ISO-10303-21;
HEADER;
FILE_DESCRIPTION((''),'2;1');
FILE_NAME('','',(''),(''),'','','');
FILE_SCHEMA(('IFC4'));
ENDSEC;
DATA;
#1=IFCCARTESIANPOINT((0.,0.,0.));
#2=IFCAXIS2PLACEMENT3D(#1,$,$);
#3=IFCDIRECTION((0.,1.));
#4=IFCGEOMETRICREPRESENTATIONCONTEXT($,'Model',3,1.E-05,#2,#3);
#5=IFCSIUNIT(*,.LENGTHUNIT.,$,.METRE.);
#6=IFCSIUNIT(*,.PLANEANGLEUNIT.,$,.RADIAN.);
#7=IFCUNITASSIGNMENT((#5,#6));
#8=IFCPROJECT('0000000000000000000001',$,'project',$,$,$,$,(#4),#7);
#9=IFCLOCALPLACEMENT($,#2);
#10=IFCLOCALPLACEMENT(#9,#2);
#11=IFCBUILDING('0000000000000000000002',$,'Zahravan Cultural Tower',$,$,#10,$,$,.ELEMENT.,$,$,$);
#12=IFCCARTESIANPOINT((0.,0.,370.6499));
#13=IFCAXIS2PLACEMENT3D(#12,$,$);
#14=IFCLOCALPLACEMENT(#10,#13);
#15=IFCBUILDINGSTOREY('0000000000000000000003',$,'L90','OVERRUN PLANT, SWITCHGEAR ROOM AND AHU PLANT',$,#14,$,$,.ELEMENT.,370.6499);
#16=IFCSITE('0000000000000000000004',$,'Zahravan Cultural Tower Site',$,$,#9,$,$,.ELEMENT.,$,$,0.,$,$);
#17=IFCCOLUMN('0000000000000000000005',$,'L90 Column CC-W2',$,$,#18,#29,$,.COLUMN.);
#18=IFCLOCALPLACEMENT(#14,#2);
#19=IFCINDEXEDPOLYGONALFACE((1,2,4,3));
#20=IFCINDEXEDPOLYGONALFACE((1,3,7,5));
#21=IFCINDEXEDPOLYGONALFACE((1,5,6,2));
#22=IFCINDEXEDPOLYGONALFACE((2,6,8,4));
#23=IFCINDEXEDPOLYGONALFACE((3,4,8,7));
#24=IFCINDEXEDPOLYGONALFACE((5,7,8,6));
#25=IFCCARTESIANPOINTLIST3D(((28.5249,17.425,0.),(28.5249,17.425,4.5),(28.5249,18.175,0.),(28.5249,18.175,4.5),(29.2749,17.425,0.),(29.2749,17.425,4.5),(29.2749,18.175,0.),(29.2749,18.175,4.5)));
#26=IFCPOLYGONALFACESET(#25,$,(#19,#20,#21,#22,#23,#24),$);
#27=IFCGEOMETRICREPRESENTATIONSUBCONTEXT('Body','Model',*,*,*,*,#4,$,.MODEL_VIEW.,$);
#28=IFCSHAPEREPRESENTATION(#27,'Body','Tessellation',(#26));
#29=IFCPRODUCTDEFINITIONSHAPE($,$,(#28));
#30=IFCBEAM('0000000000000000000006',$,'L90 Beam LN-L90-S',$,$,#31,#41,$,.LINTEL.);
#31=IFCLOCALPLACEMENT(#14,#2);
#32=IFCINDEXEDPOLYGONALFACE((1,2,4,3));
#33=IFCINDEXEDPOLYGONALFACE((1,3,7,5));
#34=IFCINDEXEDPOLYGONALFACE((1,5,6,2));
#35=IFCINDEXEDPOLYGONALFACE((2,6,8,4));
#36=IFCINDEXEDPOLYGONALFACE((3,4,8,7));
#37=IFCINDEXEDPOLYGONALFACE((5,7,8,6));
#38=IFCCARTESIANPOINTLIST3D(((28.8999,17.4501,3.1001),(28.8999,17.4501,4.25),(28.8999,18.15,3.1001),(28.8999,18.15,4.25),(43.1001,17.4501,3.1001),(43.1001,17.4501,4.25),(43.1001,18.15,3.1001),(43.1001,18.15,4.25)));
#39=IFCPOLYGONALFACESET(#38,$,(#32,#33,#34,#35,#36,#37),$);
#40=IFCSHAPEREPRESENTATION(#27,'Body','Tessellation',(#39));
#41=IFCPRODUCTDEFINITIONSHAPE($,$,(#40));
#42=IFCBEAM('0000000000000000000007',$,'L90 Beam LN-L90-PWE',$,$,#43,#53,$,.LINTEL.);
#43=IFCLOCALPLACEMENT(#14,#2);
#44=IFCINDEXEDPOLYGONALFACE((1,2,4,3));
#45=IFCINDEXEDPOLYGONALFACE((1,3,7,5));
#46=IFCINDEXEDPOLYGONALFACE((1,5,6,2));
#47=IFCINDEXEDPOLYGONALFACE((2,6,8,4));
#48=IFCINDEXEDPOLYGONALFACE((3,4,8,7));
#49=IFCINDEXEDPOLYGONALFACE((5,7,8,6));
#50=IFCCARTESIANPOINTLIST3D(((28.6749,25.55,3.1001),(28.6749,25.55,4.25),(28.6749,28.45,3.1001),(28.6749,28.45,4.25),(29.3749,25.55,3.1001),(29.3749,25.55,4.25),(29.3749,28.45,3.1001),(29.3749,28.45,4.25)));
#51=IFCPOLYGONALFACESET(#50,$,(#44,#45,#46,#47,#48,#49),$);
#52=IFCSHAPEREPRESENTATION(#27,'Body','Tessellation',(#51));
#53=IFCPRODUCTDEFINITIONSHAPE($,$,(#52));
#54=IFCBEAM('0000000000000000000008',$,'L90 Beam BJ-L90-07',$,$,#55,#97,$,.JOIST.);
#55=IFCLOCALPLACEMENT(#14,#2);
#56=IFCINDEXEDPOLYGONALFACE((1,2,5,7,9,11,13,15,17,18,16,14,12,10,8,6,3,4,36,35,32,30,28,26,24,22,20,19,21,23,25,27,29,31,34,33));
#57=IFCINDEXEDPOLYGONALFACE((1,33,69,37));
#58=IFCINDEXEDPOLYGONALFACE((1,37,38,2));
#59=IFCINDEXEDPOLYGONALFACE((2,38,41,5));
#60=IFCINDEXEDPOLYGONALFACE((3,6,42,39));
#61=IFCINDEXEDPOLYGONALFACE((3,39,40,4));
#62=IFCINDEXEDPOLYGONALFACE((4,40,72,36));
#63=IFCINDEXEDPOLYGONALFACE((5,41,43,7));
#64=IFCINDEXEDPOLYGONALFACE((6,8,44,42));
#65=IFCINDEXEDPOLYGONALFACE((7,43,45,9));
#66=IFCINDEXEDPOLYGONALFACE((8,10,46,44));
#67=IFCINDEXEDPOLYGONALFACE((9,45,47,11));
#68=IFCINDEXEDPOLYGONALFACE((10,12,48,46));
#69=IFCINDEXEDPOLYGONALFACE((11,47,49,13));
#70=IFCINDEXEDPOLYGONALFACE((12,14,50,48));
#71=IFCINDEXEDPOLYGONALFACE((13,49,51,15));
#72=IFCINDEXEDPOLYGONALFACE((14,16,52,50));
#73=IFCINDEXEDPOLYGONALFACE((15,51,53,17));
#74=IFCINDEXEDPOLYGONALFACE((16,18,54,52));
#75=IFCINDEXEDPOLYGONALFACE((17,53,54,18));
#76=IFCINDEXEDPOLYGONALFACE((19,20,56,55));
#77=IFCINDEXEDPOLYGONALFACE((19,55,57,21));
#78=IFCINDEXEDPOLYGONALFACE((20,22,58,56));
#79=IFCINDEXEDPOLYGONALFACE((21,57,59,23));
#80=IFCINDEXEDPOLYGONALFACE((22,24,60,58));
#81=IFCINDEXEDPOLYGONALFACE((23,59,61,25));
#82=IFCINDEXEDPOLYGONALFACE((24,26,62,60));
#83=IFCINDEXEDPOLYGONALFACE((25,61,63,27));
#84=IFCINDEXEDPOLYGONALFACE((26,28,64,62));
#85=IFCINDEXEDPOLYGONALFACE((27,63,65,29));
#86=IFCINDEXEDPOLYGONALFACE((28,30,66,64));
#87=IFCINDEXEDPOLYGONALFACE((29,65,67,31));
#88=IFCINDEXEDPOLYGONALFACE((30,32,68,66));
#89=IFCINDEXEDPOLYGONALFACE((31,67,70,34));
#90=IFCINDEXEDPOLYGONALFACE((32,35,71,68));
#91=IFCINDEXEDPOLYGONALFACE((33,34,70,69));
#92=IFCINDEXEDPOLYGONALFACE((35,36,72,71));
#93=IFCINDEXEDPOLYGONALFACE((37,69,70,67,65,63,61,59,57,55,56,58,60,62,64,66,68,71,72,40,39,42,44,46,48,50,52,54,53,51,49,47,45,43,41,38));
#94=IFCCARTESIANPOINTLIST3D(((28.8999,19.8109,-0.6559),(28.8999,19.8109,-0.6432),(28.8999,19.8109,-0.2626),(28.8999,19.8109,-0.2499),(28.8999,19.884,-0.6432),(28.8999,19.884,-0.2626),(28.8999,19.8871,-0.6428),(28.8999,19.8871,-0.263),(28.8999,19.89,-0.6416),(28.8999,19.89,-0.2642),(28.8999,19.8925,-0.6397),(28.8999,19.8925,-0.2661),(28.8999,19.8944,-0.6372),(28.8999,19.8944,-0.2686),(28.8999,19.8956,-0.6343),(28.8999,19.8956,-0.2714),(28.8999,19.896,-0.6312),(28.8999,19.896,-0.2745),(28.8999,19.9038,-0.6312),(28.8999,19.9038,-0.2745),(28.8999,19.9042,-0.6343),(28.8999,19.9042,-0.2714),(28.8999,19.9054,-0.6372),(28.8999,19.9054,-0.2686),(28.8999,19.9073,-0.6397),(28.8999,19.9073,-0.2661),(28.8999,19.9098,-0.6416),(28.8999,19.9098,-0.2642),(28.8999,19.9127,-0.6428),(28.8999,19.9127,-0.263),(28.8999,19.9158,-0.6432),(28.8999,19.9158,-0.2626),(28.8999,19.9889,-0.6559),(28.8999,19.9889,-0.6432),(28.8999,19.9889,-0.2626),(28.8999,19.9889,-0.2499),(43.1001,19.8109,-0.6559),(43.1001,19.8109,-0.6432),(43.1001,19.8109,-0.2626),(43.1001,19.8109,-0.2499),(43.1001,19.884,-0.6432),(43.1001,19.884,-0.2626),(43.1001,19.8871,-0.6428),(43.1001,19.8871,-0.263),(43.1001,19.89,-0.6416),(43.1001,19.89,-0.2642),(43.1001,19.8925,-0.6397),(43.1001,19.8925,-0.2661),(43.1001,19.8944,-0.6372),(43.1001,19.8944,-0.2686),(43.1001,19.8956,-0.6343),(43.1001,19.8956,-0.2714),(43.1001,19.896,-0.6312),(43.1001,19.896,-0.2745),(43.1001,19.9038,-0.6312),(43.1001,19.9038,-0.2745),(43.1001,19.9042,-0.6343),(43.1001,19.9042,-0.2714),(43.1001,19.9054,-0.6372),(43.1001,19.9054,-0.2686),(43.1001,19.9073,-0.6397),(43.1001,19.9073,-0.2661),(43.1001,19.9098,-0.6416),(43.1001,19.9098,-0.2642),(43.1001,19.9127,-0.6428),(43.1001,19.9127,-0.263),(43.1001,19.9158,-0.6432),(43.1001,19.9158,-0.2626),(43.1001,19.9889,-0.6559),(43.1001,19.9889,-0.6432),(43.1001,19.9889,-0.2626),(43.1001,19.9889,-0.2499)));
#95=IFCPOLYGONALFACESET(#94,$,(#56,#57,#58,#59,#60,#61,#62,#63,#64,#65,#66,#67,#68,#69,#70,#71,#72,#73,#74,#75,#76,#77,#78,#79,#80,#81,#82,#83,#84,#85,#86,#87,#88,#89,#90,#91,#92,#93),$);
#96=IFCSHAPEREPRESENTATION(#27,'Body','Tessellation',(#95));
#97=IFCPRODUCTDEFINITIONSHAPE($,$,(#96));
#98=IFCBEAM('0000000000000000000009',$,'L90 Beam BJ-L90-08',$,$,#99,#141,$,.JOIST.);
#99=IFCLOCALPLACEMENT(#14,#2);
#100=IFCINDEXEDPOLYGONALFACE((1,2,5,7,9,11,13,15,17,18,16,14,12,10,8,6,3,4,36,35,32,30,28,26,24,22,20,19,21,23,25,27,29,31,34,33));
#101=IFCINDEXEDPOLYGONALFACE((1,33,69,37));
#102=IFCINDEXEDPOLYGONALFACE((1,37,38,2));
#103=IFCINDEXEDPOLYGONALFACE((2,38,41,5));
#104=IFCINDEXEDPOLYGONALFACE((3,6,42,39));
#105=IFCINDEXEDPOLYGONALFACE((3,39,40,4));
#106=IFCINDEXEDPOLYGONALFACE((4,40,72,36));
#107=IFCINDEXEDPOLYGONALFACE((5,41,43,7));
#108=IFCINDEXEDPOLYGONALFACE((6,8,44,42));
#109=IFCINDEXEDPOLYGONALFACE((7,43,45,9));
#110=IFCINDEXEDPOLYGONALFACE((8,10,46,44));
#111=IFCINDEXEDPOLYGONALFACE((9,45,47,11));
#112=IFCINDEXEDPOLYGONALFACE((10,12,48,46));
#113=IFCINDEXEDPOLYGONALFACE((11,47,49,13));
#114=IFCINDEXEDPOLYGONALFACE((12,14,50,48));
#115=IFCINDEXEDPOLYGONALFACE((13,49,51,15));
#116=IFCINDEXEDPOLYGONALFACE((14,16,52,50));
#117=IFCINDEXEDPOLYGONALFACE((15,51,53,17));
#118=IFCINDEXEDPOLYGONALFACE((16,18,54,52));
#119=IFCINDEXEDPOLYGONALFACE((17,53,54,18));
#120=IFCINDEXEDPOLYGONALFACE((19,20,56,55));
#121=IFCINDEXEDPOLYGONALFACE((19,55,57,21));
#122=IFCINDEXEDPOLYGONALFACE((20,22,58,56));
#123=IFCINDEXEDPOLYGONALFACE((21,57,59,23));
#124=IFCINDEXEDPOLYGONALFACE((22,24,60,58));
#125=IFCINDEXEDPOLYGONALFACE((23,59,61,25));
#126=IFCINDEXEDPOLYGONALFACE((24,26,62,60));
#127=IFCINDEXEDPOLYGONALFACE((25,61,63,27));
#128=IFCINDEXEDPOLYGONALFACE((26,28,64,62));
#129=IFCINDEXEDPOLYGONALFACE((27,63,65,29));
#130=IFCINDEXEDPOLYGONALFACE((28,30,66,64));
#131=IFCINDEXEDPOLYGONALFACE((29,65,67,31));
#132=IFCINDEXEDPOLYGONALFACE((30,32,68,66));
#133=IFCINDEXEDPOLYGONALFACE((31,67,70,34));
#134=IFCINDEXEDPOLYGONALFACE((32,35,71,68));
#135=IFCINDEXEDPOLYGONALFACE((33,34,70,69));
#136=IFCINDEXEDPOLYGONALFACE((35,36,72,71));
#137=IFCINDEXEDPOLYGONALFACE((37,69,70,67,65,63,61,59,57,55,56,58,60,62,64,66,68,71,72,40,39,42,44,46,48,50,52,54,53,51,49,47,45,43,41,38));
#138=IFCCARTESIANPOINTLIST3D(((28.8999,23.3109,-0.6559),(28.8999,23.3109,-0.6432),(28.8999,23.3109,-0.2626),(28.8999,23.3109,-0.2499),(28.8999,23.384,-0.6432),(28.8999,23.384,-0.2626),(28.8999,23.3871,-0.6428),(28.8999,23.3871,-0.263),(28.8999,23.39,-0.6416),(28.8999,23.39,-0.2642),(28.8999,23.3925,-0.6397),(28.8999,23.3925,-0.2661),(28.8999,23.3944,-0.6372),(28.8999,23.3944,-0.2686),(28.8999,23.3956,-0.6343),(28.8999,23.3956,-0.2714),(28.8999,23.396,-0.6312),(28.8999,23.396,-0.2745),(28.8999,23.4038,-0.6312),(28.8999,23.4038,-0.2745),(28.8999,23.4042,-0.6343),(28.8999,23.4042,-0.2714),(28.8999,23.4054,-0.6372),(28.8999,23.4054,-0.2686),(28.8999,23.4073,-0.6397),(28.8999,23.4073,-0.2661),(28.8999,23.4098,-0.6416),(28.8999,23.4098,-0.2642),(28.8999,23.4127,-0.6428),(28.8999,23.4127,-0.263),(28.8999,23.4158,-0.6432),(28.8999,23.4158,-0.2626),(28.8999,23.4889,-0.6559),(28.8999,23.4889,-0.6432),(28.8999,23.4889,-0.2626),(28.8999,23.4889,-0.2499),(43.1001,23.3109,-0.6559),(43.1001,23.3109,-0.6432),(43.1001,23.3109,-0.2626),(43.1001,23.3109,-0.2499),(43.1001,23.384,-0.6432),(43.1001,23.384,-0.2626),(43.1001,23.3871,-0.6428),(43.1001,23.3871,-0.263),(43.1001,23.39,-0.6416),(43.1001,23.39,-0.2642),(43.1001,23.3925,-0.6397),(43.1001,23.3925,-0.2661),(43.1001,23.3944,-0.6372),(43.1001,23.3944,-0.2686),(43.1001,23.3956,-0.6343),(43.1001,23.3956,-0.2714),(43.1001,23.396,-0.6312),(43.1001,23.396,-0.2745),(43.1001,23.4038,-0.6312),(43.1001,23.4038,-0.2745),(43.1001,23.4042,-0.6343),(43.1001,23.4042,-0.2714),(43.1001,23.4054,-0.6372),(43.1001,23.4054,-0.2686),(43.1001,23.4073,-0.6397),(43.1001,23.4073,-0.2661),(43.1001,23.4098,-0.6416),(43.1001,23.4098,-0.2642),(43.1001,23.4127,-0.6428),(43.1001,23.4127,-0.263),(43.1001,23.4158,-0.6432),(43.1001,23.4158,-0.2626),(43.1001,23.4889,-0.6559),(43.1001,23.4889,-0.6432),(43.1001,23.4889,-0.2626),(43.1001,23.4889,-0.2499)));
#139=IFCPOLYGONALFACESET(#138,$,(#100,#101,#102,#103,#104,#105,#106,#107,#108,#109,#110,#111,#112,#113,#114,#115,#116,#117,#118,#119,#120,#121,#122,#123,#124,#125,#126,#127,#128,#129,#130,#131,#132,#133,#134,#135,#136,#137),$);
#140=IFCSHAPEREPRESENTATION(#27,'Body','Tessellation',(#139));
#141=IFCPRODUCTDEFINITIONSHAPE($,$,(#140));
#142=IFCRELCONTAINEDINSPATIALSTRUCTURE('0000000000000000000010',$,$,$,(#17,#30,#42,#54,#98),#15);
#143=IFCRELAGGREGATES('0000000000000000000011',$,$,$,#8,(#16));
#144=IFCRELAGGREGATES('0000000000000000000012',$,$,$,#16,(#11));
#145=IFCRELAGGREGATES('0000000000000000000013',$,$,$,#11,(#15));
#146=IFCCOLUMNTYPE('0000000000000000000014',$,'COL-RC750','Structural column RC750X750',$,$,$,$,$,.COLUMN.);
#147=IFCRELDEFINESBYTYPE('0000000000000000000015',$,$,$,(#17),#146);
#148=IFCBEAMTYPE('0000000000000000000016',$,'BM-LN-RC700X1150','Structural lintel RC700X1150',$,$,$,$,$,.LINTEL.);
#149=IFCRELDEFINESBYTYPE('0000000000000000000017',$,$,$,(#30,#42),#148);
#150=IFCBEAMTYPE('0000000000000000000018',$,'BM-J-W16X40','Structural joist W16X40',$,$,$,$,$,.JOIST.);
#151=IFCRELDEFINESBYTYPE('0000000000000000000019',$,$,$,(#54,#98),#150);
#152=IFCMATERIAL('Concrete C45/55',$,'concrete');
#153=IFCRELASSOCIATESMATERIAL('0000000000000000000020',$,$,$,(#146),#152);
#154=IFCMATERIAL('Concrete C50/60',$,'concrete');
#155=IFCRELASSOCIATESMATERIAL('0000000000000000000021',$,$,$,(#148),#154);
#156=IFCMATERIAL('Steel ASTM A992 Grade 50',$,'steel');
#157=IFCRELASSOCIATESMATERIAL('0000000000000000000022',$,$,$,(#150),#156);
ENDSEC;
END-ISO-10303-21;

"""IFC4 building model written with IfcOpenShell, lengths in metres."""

from ifc_helpers import new_model, si_unit, direction, frame, origin, origin_2d, place, context, subcontext, project, spatial, rectangle, i_section, extrude, source, transform, mapped, material, material_profile, profile_set, type_object, element, save


model = new_model("IFC4")

# Units and contexts
model_context = context("Model", 3, precision=1e-05, world=origin(), true_north=direction((0.0, 1.0)))
body_context = subcontext(model_context, "Body", "Model", "MODEL_VIEW")
ifc_project = project(units=[si_unit("LENGTHUNIT", "METRE"), si_unit("PLANEANGLEUNIT", "RADIAN")], contexts=[model_context])

# Site, building, storey
site_placement = place(None, origin())
site = spatial("IfcSite", under=ifc_project, at=site_placement, Name="Zahravan Cultural Tower Site", CompositionType="ELEMENT", RefElevation=0.0)
building_placement = place(site_placement, origin())
building = spatial("IfcBuilding", under=site, at=building_placement, Name="Zahravan Cultural Tower", CompositionType="ELEMENT")
storey_placement = place(building_placement, frame((0.0, 0.0, 370.6499)))
storey = spatial("IfcBuildingStorey", under=building, at=storey_placement, Name="L90", Description="OVERRUN PLANT, SWITCHGEAR ROOM AND AHU PLANT", CompositionType="ELEMENT", Elevation=370.6499)

# Column
ifc_material_1 = material(Name="Concrete C45/55", Category="concrete")
ifc_material_profile_1 = material_profile(ifc_material_1, rectangle(XDim=0.75, YDim=0.75, at=origin_2d()), Name="RC750X750")
ifc_profile_set_1 = profile_set([ifc_material_profile_1], Name="Concrete C45/55")
column_type = type_object("IfcColumnType", Name="COL-RC750", Description="Structural column RC750X750", PredefinedType="COLUMN", material=ifc_profile_set_1)
shared_shape_1 = source(origin(), body_context, "Body", "SweptSolid", [
    extrude(rectangle(XDim=0.75, YDim=0.75, at=origin_2d()), origin(), (0.0, 0.0, 1.0), 4.5),
])
column_placement = place(storey_placement, frame((28.8999, 17.8, 0.0), z_axis=(0.0, 0.0, 1.0), x_axis=(1.0, 0.0, 0.0)))
element("IfcColumn", 1, at=column_placement, inside=storey, type_object=column_type, Name="L90 Column CC-W2", PredefinedType="COLUMN", context=body_context, shape_type="MappedRepresentation", body=[
    mapped(shared_shape_1, transform((0.0, 0.0, 0.0), x_axis=(1.0, 0.0, 0.0), y_axis=(0.0, 1.0, 0.0), z_axis=(0.0, 0.0, 1.0), scale=1.0)),
])

# Beams
ifc_material_2 = material(Name="Concrete C50/60", Category="concrete")
ifc_material_profile_2 = material_profile(ifc_material_2, rectangle(XDim=0.7, YDim=1.1499, at=origin_2d()), Name="RC700X1150")
ifc_profile_set_2 = profile_set([ifc_material_profile_2], Name="Concrete C50/60")
beam_type_1 = type_object("IfcBeamType", Name="BM-LN-RC700X1150", Description="Structural lintel RC700X1150", PredefinedType="LINTEL", material=ifc_profile_set_2)
shared_shape_2 = source(origin(), body_context, "Body", "SweptSolid", [
    extrude(rectangle(XDim=0.7, YDim=1.1499, at=origin_2d()), origin(), (0.0, 0.0, 1.0), 14.2002),
])
beam_1_placement = place(storey_placement, frame((28.8999, 17.8, 3.675), z_axis=(1.0, 0.0, 0.0), x_axis=(0.0, 1.0, 0.0)))
element("IfcBeam", 2, at=beam_1_placement, inside=storey, type_object=beam_type_1, Name="L90 Beam LN-L90-S", PredefinedType="LINTEL", context=body_context, shape_type="MappedRepresentation", body=[
    mapped(shared_shape_2, transform((0.0, 0.0, 0.0), x_axis=(1.0, 0.0, 0.0), y_axis=(0.0, 1.0, 0.0), z_axis=(0.0, 0.0, 1.0), scale=1.0)),
])
shared_shape_3 = source(origin(), body_context, "Body", "SweptSolid", [
    extrude(rectangle(XDim=0.7, YDim=1.1499, at=origin_2d()), origin(), (0.0, 0.0, 1.0), 2.8999),
])
beam_2_placement = place(storey_placement, frame((29.0249, 25.55, 3.675), z_axis=(0.0, 1.0, 0.0), x_axis=(-1.0, 0.0, 0.0)))
element("IfcBeam", 3, at=beam_2_placement, inside=storey, type_object=beam_type_1, Name="L90 Beam LN-L90-PWE", PredefinedType="LINTEL", context=body_context, shape_type="MappedRepresentation", body=[
    mapped(shared_shape_3, transform((0.0, 0.0, 0.0), x_axis=(1.0, 0.0, 0.0), y_axis=(0.0, 1.0, 0.0), z_axis=(0.0, 0.0, 1.0), scale=1.0)),
])
ifc_material_3 = material(Name="Steel ASTM A992 Grade 50", Category="steel")
ifc_material_profile_3 = material_profile(ifc_material_3, i_section(OverallWidth=0.178, OverallDepth=0.406, WebThickness=0.0078, FlangeThickness=0.0127, FilletRadius=0.012, at=origin_2d()), Name="W16X40")
ifc_profile_set_3 = profile_set([ifc_material_profile_3], Name="Steel ASTM A992 Grade 50")
beam_type_2 = type_object("IfcBeamType", Name="BM-J-W16X40", Description="Structural joist W16X40", PredefinedType="JOIST", material=ifc_profile_set_3)
shared_shape_4 = source(origin(), body_context, "Body", "SweptSolid", [
    extrude(i_section(OverallWidth=0.178, OverallDepth=0.406, WebThickness=0.0078, FlangeThickness=0.0127, FilletRadius=0.012, at=origin_2d()), origin(), (0.0, 0.0, 1.0), 14.2002),
])
for number, where, z_axis, x_axis, name in (
    (4, (28.8999, 19.8999, -0.4529), (1.0, 0.0, 0.0), (0.0, 1.0, 0.0), "L90 Beam BJ-L90-07"),
    (5, (28.8999, 23.3999, -0.4529), (1.0, 0.0, 0.0), (0.0, 1.0, 0.0), "L90 Beam BJ-L90-08"),
):
    element("IfcBeam", number, at=place(storey_placement, frame(where, z_axis=z_axis, x_axis=x_axis)), inside=storey, type_object=beam_type_2, Name=name, PredefinedType="JOIST", context=body_context, shape_type="MappedRepresentation", body=[
        mapped(shared_shape_4, transform((0.0, 0.0, 0.0), x_axis=(1.0, 0.0, 0.0), y_axis=(0.0, 1.0, 0.0), z_axis=(0.0, 0.0, 1.0), scale=1.0)),
    ])

save(model, "model.ifc")
